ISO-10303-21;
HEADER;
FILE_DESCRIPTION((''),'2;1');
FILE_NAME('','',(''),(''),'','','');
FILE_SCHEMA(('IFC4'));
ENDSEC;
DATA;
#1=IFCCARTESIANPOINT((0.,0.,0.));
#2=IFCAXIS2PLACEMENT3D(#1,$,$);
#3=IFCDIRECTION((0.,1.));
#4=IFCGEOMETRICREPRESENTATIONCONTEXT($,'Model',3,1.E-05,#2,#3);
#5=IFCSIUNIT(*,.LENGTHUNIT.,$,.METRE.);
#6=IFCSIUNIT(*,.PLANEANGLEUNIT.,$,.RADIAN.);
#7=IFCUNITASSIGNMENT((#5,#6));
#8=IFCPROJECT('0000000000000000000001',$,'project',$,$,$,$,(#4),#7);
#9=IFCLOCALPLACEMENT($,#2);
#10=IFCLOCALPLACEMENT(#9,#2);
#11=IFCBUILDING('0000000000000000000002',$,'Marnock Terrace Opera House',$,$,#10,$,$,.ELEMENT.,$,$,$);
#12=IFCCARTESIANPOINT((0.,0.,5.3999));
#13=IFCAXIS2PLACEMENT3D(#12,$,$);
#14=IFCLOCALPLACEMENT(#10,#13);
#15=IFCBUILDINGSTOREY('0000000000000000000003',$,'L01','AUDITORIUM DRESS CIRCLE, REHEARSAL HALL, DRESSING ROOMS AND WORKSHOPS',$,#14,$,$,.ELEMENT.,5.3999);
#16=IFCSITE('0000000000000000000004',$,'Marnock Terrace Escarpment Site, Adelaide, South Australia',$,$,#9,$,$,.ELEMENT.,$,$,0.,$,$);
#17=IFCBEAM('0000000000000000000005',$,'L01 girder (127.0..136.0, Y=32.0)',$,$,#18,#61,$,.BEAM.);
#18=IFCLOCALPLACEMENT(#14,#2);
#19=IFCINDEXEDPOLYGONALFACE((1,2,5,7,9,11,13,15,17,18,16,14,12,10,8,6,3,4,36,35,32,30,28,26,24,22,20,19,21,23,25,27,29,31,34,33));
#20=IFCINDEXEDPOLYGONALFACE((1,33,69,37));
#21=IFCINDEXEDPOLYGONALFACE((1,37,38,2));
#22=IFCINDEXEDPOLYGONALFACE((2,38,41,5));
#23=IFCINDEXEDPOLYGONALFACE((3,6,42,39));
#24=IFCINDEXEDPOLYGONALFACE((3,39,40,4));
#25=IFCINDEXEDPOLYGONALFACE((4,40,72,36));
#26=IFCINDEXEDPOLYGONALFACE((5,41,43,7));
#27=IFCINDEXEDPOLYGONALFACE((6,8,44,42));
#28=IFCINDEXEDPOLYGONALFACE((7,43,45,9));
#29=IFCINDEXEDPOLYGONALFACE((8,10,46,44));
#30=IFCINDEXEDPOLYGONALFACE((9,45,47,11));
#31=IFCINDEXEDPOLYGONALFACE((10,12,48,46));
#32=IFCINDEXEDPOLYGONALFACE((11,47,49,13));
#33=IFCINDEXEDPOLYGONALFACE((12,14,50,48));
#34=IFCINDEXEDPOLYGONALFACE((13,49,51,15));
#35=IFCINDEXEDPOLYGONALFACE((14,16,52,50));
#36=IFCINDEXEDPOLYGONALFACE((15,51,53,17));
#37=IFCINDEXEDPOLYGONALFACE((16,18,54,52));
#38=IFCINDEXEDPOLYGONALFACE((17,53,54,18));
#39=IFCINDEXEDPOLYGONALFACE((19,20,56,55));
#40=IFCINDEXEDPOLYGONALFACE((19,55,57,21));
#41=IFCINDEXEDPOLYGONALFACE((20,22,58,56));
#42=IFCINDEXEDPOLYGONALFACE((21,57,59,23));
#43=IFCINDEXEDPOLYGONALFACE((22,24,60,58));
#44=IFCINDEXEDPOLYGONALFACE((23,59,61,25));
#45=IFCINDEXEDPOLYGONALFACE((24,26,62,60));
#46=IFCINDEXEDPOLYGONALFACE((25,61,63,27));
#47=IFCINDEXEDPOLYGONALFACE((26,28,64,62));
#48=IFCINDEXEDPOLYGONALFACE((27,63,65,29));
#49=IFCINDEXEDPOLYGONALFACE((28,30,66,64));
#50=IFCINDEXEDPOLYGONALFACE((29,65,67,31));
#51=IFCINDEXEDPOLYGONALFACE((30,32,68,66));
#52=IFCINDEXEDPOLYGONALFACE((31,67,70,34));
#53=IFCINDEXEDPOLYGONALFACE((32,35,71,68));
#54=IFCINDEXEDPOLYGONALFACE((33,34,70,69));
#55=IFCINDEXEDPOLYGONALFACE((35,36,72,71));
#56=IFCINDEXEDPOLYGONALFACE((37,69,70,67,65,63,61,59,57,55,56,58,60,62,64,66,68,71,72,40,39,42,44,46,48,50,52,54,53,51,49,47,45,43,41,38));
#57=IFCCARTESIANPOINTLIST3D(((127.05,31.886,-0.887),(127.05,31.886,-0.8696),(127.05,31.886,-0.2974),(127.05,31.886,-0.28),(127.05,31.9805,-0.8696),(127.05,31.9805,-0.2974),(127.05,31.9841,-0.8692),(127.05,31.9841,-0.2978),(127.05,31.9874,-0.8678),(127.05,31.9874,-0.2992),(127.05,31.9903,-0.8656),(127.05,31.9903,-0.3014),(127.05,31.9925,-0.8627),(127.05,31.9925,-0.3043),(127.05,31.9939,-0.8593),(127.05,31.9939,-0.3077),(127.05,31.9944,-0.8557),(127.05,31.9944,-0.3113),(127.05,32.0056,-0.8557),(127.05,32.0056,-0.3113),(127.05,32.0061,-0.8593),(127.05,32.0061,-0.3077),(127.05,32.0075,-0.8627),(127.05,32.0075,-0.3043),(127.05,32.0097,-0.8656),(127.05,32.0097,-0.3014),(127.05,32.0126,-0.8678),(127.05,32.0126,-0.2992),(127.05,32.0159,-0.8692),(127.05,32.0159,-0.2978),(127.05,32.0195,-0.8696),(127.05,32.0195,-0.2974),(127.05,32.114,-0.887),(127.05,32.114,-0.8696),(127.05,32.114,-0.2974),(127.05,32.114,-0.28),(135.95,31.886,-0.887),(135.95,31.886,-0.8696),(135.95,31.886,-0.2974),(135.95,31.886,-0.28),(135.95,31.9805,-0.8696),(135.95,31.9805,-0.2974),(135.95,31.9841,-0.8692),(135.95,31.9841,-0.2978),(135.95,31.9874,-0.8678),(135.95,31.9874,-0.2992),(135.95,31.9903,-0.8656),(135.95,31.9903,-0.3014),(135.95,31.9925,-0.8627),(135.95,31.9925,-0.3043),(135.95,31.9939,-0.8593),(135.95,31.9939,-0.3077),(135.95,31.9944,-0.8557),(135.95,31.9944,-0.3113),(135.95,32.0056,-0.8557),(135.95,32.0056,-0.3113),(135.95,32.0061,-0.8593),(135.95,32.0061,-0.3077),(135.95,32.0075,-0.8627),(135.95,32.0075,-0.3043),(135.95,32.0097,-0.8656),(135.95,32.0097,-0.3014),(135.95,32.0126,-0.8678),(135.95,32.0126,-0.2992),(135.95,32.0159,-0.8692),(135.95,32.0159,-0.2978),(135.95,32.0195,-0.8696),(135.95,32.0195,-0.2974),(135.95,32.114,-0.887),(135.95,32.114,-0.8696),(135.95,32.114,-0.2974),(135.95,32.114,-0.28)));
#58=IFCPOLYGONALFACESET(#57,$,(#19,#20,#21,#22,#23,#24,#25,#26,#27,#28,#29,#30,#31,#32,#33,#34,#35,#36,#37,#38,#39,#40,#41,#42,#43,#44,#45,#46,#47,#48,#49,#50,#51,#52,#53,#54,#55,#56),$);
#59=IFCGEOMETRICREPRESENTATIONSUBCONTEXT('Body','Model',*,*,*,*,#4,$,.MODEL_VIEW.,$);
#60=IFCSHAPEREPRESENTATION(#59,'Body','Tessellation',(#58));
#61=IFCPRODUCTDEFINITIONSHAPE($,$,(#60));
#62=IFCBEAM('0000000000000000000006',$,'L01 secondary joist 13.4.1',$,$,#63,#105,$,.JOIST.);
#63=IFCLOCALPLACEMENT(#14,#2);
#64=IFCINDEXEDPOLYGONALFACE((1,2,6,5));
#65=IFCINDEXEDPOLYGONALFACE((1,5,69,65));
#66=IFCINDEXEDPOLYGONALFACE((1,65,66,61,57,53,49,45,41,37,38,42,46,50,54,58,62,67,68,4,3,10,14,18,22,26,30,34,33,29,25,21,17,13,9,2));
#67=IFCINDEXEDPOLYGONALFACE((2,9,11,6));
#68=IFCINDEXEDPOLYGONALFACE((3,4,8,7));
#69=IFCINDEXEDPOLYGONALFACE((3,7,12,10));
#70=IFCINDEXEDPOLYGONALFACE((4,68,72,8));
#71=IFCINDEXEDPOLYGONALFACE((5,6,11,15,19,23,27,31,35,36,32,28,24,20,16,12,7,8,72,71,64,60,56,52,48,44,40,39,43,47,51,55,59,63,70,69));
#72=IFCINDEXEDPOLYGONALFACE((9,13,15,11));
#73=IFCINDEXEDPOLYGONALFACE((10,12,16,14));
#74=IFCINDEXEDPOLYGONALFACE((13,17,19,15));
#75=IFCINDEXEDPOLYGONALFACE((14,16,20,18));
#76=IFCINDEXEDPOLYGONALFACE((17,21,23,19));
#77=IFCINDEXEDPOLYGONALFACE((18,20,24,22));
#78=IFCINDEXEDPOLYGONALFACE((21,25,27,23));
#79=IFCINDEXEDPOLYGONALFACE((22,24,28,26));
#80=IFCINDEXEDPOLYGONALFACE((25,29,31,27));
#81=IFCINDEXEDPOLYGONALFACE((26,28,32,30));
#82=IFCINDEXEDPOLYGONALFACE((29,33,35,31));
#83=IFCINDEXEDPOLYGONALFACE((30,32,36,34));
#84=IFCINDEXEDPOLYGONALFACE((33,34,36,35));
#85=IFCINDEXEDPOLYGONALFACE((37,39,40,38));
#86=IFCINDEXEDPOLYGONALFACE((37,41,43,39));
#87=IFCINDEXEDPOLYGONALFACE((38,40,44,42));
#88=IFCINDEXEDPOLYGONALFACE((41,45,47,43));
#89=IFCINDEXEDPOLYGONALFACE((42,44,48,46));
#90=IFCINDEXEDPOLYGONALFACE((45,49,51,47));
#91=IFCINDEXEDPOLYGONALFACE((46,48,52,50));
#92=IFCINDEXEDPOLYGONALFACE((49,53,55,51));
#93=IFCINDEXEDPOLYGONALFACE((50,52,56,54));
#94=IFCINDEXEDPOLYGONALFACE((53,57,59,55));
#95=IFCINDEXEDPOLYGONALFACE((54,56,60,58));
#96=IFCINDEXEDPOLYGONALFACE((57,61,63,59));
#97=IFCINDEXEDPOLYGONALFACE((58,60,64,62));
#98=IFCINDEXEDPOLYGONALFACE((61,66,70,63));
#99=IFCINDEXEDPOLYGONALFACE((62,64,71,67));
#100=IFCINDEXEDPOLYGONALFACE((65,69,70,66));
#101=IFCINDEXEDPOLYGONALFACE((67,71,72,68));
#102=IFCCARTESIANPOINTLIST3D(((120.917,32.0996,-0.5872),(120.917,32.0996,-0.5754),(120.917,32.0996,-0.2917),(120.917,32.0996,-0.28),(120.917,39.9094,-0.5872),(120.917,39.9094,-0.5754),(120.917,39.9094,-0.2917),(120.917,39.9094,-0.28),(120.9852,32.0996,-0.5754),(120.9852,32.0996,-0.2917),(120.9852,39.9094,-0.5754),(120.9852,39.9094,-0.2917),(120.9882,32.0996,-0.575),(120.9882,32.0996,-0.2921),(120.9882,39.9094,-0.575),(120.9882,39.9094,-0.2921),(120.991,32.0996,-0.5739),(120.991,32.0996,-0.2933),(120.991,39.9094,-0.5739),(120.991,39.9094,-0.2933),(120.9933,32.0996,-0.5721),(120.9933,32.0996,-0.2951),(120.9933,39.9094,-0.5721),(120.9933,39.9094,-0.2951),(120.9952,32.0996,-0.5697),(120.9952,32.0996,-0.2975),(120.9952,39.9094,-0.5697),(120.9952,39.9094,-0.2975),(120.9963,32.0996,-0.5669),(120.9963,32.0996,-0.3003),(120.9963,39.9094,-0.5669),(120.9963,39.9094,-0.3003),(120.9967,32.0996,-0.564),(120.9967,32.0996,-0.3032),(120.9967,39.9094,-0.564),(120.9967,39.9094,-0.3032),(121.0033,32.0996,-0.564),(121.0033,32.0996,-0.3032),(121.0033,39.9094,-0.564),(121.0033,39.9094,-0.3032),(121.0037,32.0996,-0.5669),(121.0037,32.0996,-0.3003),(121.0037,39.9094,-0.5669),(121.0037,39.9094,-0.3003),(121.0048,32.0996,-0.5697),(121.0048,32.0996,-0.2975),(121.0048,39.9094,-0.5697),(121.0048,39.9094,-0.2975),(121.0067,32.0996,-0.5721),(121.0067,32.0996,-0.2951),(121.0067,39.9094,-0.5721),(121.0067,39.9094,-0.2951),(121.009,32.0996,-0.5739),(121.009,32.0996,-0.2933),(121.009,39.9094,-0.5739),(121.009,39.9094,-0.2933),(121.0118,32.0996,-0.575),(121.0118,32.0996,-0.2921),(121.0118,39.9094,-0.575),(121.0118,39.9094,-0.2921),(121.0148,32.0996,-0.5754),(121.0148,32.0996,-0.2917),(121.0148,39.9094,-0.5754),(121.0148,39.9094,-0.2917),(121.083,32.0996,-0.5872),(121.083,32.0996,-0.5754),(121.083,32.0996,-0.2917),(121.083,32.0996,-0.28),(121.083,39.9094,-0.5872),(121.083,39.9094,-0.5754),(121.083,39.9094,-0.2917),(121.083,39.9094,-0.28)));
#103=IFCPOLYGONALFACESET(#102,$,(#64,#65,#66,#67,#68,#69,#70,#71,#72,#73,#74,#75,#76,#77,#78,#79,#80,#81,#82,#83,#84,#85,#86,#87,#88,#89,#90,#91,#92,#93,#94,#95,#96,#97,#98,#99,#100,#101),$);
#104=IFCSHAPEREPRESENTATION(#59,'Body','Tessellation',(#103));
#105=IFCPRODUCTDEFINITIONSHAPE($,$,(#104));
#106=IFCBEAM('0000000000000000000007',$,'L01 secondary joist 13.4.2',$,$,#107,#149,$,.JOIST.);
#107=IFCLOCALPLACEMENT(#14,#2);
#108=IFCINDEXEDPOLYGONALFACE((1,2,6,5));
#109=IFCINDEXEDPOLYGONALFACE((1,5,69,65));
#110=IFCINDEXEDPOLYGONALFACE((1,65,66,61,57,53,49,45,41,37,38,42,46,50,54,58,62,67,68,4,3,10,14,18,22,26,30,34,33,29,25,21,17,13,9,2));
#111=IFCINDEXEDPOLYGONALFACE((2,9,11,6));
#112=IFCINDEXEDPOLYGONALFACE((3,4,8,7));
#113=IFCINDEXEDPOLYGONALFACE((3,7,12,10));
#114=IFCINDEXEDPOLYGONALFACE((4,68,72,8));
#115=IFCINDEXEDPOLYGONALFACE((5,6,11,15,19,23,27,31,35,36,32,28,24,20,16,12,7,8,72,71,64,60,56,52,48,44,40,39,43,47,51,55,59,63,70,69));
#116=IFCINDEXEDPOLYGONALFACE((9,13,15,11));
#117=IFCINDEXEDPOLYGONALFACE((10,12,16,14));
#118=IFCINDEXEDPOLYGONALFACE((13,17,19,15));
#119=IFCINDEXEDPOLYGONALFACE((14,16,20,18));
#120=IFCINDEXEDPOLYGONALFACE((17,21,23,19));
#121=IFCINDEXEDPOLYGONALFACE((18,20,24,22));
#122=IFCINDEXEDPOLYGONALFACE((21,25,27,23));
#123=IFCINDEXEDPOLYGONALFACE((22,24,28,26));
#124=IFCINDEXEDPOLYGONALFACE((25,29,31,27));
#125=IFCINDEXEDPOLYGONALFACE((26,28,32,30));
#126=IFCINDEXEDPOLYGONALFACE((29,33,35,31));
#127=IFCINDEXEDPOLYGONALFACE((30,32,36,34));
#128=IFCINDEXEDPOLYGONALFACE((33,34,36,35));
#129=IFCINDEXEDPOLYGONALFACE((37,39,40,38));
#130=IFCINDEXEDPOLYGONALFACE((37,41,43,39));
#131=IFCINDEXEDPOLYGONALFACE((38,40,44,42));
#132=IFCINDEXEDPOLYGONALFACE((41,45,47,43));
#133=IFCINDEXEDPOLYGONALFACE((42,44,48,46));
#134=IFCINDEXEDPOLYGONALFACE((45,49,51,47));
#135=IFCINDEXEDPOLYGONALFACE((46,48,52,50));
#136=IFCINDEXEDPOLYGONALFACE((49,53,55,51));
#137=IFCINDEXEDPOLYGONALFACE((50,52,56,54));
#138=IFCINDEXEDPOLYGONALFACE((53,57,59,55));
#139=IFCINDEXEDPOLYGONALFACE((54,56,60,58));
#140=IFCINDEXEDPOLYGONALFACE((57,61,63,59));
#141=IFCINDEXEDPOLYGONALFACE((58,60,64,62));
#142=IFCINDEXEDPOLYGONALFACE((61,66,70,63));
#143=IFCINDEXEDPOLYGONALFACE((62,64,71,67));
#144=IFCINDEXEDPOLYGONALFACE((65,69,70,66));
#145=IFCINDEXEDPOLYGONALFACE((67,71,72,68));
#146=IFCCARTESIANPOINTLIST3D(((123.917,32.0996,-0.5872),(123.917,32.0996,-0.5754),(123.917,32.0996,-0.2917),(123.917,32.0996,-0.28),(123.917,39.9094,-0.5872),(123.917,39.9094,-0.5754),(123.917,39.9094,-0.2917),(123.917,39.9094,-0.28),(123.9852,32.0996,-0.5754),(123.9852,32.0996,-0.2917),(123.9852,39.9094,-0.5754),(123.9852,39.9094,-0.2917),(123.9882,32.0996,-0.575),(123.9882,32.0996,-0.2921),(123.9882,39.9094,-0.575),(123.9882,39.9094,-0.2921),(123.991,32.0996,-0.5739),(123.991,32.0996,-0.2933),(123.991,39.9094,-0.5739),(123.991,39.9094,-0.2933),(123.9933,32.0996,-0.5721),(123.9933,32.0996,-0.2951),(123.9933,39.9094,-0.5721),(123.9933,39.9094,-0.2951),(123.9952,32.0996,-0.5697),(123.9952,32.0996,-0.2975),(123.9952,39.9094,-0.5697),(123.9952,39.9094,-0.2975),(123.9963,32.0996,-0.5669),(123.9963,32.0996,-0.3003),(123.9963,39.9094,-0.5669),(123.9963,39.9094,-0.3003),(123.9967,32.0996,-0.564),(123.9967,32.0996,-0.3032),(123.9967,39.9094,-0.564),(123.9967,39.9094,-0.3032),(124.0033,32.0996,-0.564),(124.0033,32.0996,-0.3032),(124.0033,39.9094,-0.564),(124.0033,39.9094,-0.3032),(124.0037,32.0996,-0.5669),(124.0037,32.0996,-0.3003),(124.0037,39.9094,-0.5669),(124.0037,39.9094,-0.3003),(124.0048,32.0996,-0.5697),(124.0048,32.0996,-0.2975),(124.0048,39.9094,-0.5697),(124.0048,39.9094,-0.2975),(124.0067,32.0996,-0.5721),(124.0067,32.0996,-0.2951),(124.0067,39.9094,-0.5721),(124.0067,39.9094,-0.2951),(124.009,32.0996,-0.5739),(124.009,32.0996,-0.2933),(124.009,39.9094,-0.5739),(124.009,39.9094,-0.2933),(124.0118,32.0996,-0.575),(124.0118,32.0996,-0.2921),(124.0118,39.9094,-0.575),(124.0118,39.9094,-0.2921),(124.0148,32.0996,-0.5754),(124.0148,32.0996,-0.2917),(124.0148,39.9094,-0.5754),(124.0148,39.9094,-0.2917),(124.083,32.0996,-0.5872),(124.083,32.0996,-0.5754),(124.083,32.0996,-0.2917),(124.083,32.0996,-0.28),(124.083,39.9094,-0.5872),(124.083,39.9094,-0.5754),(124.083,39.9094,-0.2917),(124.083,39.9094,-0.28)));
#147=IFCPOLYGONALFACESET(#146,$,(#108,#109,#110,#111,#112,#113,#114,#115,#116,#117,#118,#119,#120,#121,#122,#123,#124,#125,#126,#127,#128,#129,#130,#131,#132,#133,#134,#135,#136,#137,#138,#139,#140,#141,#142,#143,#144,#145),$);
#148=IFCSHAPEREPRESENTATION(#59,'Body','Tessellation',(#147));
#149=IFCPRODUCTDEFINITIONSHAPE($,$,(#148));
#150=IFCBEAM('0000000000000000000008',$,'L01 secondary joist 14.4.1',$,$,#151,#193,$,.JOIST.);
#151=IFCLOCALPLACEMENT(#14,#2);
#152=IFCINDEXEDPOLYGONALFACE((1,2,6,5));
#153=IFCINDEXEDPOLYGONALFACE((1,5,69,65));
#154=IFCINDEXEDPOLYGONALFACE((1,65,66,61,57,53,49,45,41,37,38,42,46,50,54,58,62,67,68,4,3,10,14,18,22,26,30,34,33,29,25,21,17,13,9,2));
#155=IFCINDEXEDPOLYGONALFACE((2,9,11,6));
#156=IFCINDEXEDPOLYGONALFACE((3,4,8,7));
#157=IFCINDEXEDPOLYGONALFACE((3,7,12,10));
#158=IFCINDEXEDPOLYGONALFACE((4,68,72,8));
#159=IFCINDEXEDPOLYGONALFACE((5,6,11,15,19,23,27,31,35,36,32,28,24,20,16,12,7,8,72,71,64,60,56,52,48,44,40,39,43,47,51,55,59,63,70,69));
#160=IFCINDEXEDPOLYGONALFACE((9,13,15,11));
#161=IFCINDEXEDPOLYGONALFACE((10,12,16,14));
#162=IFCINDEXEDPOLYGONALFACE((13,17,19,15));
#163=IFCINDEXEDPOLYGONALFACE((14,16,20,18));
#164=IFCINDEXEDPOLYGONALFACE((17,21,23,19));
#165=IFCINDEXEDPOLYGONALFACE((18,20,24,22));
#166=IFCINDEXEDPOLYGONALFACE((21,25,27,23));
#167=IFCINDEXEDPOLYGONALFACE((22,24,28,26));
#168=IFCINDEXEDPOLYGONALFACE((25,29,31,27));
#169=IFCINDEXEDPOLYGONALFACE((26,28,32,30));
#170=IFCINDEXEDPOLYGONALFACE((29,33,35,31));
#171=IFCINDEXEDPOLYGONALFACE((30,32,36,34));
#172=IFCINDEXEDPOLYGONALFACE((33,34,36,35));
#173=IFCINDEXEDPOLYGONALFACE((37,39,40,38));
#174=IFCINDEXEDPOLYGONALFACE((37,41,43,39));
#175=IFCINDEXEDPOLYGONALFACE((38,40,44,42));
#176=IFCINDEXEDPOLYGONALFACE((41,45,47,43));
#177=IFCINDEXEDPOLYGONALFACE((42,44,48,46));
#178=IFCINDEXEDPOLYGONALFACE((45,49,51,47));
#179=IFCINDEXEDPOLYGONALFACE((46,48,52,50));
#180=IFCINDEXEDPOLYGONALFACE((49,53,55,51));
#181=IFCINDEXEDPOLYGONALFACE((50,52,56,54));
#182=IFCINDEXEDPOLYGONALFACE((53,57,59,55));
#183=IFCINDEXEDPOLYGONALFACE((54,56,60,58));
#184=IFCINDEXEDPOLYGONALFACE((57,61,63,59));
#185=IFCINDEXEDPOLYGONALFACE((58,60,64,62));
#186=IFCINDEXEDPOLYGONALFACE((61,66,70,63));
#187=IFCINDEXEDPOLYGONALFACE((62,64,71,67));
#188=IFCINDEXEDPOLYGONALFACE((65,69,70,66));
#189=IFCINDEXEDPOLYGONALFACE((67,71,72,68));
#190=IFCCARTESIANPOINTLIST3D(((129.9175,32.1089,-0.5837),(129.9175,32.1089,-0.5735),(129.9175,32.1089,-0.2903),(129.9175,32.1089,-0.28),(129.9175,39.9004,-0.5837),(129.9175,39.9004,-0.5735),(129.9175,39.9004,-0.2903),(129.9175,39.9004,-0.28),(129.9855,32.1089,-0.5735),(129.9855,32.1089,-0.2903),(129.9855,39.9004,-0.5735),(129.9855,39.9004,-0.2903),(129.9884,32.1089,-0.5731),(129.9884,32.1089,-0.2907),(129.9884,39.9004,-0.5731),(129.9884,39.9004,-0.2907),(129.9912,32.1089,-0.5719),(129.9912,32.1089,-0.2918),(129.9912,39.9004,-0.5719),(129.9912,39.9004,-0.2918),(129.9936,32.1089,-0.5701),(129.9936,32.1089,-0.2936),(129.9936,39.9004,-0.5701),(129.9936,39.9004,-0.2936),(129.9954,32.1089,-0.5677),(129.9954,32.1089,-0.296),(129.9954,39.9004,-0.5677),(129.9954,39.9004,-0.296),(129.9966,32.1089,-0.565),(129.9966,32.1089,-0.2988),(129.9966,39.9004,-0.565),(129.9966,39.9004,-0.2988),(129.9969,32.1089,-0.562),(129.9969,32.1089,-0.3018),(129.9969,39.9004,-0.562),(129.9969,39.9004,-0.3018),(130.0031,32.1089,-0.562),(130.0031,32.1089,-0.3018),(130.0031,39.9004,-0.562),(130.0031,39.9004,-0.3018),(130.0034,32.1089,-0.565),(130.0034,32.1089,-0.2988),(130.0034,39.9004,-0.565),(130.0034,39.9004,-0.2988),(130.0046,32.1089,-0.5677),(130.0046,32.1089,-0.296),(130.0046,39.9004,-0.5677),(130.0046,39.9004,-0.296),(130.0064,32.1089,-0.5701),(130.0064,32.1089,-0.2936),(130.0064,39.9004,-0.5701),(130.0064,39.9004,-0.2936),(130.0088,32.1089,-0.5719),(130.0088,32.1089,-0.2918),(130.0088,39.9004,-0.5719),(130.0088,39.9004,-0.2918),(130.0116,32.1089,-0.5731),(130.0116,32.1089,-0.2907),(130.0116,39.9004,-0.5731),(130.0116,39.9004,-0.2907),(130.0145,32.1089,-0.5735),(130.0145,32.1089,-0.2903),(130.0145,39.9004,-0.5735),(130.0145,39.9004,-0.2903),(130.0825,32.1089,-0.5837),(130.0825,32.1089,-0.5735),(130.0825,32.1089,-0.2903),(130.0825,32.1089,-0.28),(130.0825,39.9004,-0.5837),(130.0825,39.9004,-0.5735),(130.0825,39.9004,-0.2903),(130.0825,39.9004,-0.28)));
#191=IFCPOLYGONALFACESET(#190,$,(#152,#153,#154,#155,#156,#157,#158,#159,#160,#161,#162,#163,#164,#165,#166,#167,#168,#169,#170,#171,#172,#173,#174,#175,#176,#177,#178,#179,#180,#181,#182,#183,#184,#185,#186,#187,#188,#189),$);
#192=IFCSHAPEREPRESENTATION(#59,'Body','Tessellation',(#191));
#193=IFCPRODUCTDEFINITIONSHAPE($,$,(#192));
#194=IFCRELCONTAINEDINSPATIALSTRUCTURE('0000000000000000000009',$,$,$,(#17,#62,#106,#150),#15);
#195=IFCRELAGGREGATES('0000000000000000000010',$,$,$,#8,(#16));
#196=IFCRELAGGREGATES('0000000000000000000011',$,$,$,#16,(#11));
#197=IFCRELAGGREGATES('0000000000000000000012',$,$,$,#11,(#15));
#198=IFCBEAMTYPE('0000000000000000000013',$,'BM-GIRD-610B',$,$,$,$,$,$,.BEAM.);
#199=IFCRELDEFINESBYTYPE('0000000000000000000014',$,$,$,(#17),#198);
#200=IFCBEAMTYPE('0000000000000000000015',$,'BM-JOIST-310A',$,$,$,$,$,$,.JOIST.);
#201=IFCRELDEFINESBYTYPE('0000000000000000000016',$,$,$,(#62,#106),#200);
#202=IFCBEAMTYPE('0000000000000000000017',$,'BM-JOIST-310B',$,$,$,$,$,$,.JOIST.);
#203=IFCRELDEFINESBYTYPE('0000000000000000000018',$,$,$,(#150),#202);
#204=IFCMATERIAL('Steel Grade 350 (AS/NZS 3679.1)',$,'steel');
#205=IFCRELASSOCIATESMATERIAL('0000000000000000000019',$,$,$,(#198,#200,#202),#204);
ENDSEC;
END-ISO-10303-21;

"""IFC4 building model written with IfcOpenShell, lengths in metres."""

from ifc_helpers import new_model, si_unit, direction, frame, origin, origin_2d, place, context, subcontext, project, spatial, i_section, extrude, material, material_profile, profile_set, type_object, element, save


model = new_model("IFC4")

# Units and contexts
model_context = context("Model", 3, precision=1e-05, world=origin(), true_north=direction((0.0, 1.0)))
body_context = subcontext(model_context, "Body", "Model", "MODEL_VIEW")
ifc_project = project(units=[si_unit("LENGTHUNIT", "METRE"), si_unit("PLANEANGLEUNIT", "RADIAN")], contexts=[model_context])

# Site, building, storey
site_placement = place(None, origin())
site = spatial("IfcSite", under=ifc_project, at=site_placement, Name="Marnock Terrace Escarpment Site, Adelaide, South Australia", CompositionType="ELEMENT", RefElevation=0.0)
building_placement = place(site_placement, origin())
building = spatial("IfcBuilding", under=site, at=building_placement, Name="Marnock Terrace Opera House", CompositionType="ELEMENT")
storey_placement = place(building_placement, frame((0.0, 0.0, 5.3999)))
storey = spatial("IfcBuildingStorey", under=building, at=storey_placement, Name="L01", Description="AUDITORIUM DRESS CIRCLE, REHEARSAL HALL, DRESSING ROOMS AND WORKSHOPS", CompositionType="ELEMENT", Elevation=5.3999)

# Shared definitions
ifc_material_1 = material(Name="Steel Grade 350 (AS/NZS 3679.1)", Category="steel")

# Beams
ifc_material_profile_1 = material_profile(ifc_material_1, i_section(OverallWidth=0.228, OverallDepth=0.6069, WebThickness=0.0112, FlangeThickness=0.0173, FilletRadius=0.0139, at=origin_2d()))
ifc_profile_set_1 = profile_set([ifc_material_profile_1], Name="Steel Grade 350 (AS/NZS 3679.1)")
beam_type_1 = type_object("IfcBeamType", Name="BM-GIRD-610B", PredefinedType="BEAM", material=ifc_profile_set_1)
beam_1_placement = place(storey_placement, frame((127.05, 32.0, -0.5835), z_axis=(1.0, 0.0, 0.0), x_axis=(0.0, 1.0, 0.0)))
element("IfcBeam", 1, at=beam_1_placement, inside=storey, type_object=beam_type_1, Name="L01 girder (127.0..136.0, Y=32.0)", PredefinedType="BEAM", context=body_context, shape_type="SweptSolid", body=[
    extrude(i_section(OverallWidth=0.228, OverallDepth=0.6069, WebThickness=0.0112, FlangeThickness=0.0173, FilletRadius=0.0139, at=origin_2d()), origin(), (0.0, 0.0, 1.0), 8.8999),
])
ifc_material_profile_2 = material_profile(ifc_material_1, i_section(OverallWidth=0.166, OverallDepth=0.3071, WebThickness=0.0066, FlangeThickness=0.0117, FilletRadius=0.0115, at=origin_2d()))
ifc_profile_set_2 = profile_set([ifc_material_profile_2], Name="Steel Grade 350 (AS/NZS 3679.1)")
beam_type_2 = type_object("IfcBeamType", Name="BM-JOIST-310A", PredefinedType="JOIST", material=ifc_profile_set_2)
for number, where, z_axis, x_axis, name in (
    (2, (121.0, 32.0996, -0.4336), (0.0, 1.0, 0.0), (-1.0, 0.0, 0.0), "L01 secondary joist 13.4.1"),
    (3, (124.0, 32.0996, -0.4336), (0.0, 1.0, 0.0), (-1.0, 0.0, 0.0), "L01 secondary joist 13.4.2"),
):
    element("IfcBeam", number, at=place(storey_placement, frame(where, z_axis=z_axis, x_axis=x_axis)), inside=storey, type_object=beam_type_2, Name=name, PredefinedType="JOIST", context=body_context, shape_type="SweptSolid", body=[
        extrude(i_section(OverallWidth=0.166, OverallDepth=0.3071, WebThickness=0.0066, FlangeThickness=0.0117, FilletRadius=0.0115, at=origin_2d()), origin(), (0.0, 0.0, 1.0), 7.8098),
    ])
ifc_material_profile_3 = material_profile(ifc_material_1, i_section(OverallWidth=0.165, OverallDepth=0.3037, WebThickness=0.0061, FlangeThickness=0.0103, FilletRadius=0.0115, at=origin_2d()))
ifc_profile_set_3 = profile_set([ifc_material_profile_3], Name="Steel Grade 350 (AS/NZS 3679.1)")
beam_type_3 = type_object("IfcBeamType", Name="BM-JOIST-310B", PredefinedType="JOIST", material=ifc_profile_set_3)
for number, where, z_axis, x_axis, name in (
    (4, (130.0, 32.1089, -0.4319), (0.0, 1.0, 0.0), (-1.0, 0.0, 0.0), "L01 secondary joist 14.4.1"),
):
    element("IfcBeam", number, at=place(storey_placement, frame(where, z_axis=z_axis, x_axis=x_axis)), inside=storey, type_object=beam_type_3, Name=name, PredefinedType="JOIST", context=body_context, shape_type="SweptSolid", body=[
        extrude(i_section(OverallWidth=0.165, OverallDepth=0.3037, WebThickness=0.0061, FlangeThickness=0.0103, FilletRadius=0.0115, at=origin_2d()), origin(), (0.0, 0.0, 1.0), 7.7915),
    ])

save(model, "model.ifc")
